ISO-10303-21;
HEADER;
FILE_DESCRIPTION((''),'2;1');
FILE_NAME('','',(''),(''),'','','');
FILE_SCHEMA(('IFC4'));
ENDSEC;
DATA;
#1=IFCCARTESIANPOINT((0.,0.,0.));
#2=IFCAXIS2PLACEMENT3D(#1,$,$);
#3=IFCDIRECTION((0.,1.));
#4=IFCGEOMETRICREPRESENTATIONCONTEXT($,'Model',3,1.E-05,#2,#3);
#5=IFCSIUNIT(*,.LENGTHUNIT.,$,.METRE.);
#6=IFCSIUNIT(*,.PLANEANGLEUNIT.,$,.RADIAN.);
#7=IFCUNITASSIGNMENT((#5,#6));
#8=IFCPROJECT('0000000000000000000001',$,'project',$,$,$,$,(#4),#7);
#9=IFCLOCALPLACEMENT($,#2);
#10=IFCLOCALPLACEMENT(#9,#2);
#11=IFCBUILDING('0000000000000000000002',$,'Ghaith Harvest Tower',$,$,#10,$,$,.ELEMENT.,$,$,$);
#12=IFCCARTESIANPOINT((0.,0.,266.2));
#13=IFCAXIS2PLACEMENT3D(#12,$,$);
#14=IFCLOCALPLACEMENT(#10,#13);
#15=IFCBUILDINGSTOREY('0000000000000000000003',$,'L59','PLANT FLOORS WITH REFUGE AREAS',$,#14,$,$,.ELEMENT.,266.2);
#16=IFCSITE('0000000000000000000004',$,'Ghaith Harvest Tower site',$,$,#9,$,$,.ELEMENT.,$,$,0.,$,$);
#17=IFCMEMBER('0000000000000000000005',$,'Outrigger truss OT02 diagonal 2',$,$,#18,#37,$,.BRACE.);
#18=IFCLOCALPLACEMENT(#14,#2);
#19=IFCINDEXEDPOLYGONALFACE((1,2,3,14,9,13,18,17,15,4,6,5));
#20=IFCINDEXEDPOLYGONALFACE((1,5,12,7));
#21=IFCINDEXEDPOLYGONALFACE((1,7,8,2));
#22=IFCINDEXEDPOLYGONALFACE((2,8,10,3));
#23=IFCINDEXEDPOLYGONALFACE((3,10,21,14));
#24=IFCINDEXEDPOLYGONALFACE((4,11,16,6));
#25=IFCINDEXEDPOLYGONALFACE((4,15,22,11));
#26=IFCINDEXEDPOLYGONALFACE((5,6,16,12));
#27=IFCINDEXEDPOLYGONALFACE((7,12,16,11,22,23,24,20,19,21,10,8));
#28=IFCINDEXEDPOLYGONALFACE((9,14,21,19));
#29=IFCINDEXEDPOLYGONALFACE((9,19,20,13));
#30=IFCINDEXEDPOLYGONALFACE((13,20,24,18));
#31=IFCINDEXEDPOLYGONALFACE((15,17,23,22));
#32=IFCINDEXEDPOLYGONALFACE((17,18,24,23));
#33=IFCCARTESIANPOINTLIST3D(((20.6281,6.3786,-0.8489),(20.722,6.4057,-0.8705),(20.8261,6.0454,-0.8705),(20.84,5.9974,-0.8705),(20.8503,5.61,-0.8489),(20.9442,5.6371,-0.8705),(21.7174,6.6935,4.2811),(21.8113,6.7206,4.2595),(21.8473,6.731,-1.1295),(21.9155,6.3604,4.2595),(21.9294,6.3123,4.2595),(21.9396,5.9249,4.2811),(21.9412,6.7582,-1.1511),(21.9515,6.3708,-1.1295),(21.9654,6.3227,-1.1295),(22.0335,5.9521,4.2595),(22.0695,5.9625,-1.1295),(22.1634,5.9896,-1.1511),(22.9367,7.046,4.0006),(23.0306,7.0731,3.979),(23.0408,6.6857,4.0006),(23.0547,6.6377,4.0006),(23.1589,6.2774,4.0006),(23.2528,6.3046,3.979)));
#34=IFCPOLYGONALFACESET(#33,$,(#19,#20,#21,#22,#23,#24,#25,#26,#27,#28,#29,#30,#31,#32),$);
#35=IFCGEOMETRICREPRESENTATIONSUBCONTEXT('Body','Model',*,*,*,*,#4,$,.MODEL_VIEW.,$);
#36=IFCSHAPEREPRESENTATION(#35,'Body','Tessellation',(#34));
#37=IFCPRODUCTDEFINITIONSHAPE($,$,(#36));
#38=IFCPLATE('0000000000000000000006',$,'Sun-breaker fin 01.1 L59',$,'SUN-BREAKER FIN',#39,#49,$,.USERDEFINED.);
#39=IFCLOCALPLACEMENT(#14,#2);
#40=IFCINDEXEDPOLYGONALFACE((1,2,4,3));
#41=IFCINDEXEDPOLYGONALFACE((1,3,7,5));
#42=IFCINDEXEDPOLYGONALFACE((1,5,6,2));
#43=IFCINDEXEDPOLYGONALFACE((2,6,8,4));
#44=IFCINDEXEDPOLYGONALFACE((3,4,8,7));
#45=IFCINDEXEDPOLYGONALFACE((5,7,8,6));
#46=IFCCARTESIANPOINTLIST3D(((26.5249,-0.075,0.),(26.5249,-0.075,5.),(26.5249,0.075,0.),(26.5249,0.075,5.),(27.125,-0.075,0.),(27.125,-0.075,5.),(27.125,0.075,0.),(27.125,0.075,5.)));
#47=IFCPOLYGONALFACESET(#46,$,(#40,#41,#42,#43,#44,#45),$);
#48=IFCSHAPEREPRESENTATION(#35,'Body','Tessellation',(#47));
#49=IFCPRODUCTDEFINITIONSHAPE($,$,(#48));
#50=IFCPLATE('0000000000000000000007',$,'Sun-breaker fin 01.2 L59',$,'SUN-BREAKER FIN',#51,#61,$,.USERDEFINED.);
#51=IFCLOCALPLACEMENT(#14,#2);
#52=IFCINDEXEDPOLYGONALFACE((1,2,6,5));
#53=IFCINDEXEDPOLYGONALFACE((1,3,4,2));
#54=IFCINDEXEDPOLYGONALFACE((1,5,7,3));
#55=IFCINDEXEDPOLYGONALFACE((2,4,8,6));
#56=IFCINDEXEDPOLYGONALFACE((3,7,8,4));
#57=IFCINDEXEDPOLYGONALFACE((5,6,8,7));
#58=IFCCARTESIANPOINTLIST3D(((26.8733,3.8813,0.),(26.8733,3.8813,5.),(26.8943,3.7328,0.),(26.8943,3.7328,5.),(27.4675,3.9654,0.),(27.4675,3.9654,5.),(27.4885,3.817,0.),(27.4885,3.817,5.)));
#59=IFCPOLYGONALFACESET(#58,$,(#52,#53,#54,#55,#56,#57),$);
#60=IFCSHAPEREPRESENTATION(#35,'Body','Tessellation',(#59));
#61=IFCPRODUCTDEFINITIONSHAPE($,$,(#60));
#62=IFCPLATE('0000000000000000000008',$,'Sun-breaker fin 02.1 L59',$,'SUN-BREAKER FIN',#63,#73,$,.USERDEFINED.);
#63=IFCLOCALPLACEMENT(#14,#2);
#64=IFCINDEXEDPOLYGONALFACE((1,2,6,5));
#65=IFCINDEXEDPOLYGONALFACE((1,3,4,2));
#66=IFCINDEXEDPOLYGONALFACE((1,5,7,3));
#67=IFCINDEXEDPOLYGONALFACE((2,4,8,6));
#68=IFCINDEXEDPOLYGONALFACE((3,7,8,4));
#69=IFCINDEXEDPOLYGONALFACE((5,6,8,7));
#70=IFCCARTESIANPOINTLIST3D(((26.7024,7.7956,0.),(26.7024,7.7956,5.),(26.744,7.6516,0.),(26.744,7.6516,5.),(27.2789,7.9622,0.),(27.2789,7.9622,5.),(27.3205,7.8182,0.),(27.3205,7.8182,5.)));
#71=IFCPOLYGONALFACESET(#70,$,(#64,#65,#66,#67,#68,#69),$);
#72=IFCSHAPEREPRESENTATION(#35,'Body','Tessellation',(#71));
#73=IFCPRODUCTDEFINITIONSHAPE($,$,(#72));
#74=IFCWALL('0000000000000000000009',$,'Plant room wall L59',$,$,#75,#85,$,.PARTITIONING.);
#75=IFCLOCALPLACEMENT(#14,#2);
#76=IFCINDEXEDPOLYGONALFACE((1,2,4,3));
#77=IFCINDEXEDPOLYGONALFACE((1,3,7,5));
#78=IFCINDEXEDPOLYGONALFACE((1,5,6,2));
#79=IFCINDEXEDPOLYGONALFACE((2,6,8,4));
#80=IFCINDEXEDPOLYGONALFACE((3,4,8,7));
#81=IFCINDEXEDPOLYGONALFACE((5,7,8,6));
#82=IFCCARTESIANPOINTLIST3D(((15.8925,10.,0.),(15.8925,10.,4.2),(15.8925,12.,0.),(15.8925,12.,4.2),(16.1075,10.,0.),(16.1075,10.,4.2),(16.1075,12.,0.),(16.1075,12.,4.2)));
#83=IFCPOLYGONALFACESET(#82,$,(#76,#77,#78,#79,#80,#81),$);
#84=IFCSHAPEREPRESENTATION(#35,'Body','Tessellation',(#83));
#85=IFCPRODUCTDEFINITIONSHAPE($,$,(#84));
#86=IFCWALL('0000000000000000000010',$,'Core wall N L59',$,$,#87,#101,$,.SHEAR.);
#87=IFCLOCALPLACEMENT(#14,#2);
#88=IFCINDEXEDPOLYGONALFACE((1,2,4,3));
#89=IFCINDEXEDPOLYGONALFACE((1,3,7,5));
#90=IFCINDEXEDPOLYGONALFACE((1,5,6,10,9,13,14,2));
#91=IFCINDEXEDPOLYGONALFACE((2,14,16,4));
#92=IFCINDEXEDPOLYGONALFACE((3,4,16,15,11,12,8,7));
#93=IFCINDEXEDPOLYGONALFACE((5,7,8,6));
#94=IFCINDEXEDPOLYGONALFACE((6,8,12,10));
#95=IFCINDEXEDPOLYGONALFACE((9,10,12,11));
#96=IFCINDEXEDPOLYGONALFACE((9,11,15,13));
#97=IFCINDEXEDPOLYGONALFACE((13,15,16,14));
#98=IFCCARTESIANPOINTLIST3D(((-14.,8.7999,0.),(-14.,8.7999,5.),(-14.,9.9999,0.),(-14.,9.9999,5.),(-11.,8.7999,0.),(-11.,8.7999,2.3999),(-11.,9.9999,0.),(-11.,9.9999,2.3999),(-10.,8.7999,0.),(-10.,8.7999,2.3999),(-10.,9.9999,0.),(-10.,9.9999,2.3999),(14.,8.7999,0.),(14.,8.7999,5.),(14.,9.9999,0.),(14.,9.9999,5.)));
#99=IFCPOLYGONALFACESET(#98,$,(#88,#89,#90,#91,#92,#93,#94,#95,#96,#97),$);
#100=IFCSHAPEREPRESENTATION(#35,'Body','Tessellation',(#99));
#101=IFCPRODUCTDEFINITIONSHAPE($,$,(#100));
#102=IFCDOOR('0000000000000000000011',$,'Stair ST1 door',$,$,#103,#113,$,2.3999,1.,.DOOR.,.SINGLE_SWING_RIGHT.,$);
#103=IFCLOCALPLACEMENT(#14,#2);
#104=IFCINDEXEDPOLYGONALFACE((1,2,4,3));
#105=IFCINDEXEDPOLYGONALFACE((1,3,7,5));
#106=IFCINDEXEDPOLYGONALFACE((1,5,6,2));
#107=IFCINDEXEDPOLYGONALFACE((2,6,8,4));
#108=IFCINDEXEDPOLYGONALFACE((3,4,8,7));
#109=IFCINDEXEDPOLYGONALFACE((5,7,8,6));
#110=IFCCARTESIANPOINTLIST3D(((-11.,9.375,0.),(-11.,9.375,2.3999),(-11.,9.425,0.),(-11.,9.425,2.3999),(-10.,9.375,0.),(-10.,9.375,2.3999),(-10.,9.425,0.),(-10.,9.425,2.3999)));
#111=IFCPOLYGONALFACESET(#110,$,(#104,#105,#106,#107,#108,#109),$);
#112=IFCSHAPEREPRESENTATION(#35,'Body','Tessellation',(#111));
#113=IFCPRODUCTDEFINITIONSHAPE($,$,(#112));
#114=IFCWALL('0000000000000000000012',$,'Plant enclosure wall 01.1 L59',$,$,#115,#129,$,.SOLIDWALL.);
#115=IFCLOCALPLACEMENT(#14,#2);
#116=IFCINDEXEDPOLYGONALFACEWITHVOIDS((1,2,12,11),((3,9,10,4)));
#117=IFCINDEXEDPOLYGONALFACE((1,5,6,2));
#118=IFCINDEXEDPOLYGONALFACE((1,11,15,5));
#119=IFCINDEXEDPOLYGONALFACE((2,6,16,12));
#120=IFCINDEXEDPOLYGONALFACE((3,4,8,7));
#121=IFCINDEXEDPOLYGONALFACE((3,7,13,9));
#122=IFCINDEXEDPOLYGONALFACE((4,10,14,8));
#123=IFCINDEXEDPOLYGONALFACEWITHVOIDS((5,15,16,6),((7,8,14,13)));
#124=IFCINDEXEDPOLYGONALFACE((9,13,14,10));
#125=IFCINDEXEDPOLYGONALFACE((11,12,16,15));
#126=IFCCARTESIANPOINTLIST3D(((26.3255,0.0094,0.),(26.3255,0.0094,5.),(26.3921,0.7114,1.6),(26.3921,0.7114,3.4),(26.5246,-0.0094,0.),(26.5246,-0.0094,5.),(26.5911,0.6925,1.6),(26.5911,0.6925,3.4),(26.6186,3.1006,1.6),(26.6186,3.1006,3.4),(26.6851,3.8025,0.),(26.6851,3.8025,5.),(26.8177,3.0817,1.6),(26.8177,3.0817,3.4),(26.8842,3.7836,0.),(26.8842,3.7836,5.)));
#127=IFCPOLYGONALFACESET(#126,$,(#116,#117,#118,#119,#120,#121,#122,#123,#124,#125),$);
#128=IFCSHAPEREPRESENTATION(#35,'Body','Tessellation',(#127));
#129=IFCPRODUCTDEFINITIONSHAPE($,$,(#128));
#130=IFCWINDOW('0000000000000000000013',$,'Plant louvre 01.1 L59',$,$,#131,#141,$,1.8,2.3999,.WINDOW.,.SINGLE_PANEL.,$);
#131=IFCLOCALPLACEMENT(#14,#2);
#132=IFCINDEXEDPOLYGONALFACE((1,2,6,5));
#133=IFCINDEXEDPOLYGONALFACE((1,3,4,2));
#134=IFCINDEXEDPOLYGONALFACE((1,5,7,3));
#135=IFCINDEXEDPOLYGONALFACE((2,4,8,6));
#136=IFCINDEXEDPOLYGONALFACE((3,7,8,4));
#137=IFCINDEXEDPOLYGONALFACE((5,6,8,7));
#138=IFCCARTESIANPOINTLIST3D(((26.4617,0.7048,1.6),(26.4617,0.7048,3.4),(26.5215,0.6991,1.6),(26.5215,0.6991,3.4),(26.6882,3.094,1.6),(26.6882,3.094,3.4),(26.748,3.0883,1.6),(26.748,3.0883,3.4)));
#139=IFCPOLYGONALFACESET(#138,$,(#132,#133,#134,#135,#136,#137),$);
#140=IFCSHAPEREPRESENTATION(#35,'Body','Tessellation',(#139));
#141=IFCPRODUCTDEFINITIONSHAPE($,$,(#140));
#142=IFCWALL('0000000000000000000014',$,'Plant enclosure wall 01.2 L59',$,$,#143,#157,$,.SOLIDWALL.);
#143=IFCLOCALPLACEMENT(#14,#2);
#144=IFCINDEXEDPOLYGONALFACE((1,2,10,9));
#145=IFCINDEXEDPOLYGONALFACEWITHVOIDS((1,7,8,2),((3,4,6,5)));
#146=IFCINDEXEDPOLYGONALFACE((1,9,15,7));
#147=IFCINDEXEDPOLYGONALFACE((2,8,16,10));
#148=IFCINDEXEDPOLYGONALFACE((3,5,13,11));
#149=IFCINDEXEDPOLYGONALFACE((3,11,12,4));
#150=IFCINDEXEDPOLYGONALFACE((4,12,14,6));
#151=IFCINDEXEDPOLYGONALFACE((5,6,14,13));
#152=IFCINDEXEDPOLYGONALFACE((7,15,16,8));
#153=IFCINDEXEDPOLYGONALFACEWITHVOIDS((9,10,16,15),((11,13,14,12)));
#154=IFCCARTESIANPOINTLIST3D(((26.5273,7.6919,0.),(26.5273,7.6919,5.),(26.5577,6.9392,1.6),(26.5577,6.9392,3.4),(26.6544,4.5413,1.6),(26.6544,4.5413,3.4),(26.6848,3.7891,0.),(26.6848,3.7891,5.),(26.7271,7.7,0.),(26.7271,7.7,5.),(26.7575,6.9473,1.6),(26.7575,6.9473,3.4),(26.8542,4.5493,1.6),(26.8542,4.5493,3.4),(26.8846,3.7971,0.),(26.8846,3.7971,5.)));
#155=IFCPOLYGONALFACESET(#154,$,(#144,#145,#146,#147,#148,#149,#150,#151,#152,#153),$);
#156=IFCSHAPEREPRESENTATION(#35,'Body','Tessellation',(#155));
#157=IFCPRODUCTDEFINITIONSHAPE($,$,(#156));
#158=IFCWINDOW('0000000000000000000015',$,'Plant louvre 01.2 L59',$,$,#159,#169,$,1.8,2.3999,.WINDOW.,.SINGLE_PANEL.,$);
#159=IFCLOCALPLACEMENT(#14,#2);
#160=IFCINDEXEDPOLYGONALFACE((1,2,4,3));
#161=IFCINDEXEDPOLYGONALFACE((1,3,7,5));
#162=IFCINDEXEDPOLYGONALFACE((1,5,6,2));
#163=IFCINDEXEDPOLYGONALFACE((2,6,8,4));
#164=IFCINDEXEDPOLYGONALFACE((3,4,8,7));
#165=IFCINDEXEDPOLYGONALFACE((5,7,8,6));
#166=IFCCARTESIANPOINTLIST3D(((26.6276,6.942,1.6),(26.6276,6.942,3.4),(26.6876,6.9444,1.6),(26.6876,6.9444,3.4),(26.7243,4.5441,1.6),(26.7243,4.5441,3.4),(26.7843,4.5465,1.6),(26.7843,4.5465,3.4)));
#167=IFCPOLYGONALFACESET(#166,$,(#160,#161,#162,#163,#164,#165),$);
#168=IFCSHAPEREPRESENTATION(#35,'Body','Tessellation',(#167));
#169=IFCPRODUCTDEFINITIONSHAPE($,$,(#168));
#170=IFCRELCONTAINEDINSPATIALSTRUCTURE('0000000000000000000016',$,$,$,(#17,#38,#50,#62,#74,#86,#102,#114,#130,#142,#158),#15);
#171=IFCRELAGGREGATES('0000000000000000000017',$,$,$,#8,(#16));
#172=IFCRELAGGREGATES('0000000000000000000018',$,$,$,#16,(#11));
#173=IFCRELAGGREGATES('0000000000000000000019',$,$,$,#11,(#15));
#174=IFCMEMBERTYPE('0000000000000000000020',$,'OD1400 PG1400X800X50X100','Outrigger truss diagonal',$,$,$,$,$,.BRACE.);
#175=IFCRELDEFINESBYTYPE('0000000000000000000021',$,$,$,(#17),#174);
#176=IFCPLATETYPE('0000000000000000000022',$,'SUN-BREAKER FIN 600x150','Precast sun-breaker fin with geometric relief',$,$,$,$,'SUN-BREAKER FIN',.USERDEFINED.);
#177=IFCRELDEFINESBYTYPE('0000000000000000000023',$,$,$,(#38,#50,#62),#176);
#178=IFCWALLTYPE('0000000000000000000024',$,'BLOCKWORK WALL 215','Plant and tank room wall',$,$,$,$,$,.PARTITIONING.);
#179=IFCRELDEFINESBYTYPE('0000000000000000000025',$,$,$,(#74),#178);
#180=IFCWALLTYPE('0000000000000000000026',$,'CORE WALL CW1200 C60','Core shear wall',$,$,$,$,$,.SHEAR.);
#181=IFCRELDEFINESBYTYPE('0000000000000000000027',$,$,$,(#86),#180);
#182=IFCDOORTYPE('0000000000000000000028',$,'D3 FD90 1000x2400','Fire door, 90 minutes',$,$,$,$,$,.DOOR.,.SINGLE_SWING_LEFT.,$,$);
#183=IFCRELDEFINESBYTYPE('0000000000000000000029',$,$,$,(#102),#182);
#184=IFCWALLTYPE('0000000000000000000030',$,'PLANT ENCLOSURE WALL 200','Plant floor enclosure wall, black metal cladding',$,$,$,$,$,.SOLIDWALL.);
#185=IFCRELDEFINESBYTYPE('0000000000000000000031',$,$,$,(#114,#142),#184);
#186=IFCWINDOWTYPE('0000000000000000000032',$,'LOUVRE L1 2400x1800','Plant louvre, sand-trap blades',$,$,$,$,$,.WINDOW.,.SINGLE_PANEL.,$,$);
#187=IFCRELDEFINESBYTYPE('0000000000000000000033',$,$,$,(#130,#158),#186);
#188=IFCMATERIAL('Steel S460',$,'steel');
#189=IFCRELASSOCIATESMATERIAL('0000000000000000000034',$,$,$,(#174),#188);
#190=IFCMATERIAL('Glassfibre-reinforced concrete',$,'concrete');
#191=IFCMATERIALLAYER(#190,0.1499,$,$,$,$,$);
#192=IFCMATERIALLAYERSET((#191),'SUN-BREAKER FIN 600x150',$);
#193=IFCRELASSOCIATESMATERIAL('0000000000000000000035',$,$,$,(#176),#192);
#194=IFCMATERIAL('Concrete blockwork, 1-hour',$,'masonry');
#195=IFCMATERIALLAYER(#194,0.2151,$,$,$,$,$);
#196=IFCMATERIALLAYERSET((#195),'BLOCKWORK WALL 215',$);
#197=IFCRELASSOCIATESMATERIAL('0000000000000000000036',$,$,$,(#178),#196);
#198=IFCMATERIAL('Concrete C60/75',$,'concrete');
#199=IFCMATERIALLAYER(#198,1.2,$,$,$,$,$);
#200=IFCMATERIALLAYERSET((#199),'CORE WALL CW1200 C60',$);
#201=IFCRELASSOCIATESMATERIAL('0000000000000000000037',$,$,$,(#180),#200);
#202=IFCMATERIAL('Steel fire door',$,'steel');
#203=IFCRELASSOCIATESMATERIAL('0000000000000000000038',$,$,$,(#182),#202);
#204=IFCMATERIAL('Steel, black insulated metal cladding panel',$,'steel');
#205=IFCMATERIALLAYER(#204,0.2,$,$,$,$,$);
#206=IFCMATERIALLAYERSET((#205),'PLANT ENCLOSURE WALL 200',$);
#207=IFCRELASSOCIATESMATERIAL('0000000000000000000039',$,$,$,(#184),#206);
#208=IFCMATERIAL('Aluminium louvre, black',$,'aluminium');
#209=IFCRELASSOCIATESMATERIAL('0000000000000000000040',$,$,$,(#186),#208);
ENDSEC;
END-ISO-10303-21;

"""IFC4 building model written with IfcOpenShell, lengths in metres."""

from ifc_helpers import new_model, si_unit, direction, frame, frame_2d, origin, origin_2d, place, context, subcontext, project, spatial, rectangle, i_section, extrude, material, layer, layer_set, material_profile, profile_set, type_object, element, fill, save


model = new_model("IFC4")

# Units and contexts
model_context = context("Model", 3, precision=1e-05, world=origin(), true_north=direction((0.0, 1.0)))
body_context = subcontext(model_context, "Body", "Model", "MODEL_VIEW")
ifc_project = project(units=[si_unit("LENGTHUNIT", "METRE"), si_unit("PLANEANGLEUNIT", "RADIAN")], contexts=[model_context])

# Site, building, storey
site_placement = place(None, origin())
site = spatial("IfcSite", under=ifc_project, at=site_placement, Name="Ghaith Harvest Tower site", CompositionType="ELEMENT", RefElevation=0.0)
building_placement = place(site_placement, origin())
building = spatial("IfcBuilding", under=site, at=building_placement, Name="Ghaith Harvest Tower", CompositionType="ELEMENT")
storey_placement = place(building_placement, frame((0.0, 0.0, 266.2)))
storey = spatial("IfcBuildingStorey", under=building, at=storey_placement, Name="L59", Description="PLANT FLOORS WITH REFUGE AREAS", CompositionType="ELEMENT", Elevation=266.2)

# Member
ifc_material_1 = material(Name="Steel S460", Category="steel")
ifc_material_profile_1 = material_profile(ifc_material_1, i_section(OverallWidth=0.8, OverallDepth=1.3999, WebThickness=0.05, FlangeThickness=0.1001, at=origin_2d()), Name="PG1400X800X50X100")
ifc_profile_set_1 = profile_set([ifc_material_profile_1], Name="Steel S460")
member_type_1 = type_object("IfcMemberType", Name="OD1400 PG1400X800X50X100", Description="Outrigger truss diagonal", PredefinedType="BRACE", material=ifc_profile_set_1)
member_1_placement = place(storey_placement, frame((21.3958, 6.1841, -1.0), z_axis=(0.20734, 0.059944, 0.976431), x_axis=(-0.277734, 0.960658, 0.0)))
element("IfcMember", 1, at=member_1_placement, inside=storey, type_object=member_type_1, Name="Outrigger truss OT02 diagonal 2", PredefinedType="BRACE", context=body_context, shape_type="SweptSolid", body=[
    extrude(i_section(OverallWidth=0.8, OverallDepth=1.3999, WebThickness=0.05, FlangeThickness=0.1001, at=origin_2d()), origin(), (0.0, 0.0, 1.0), 5.2539),
])

# Plates
ifc_material_2 = material(Name="Glassfibre-reinforced concrete", Category="concrete")
ifc_layer_1 = layer(ifc_material_2, 0.1499)
ifc_layer_set_1 = layer_set([ifc_layer_1], Name="SUN-BREAKER FIN 600x150")
plate_type = type_object("IfcPlateType", Name="SUN-BREAKER FIN 600x150", Description="Precast sun-breaker fin with geometric relief", ElementType="SUN-BREAKER FIN", PredefinedType="USERDEFINED", material=ifc_layer_set_1)
for number, where, z_axis, x_axis, name in (
    (2, (26.825, 0.0, 0.0), (0.0, 0.0, 1.0), (1.0, 0.0, 0.0), "Sun-breaker fin 01.1 L59"),
    (3, (27.1809, 3.8491, 0.0), (0.0, 0.0, 1.0), (0.990121, 0.140213, 0.0), "Sun-breaker fin 01.2 L59"),
    (4, (27.0115, 7.8069, 0.0), (0.0, 0.0, 1.0), (0.96068, 0.277657, 0.0), "Sun-breaker fin 02.1 L59"),
):
    element("IfcPlate", number, at=place(storey_placement, frame(where, z_axis=z_axis, x_axis=x_axis)), inside=storey, type_object=plate_type, Name=name, ObjectType="SUN-BREAKER FIN", PredefinedType="USERDEFINED", context=body_context, shape_type="SweptSolid", body=[
        extrude(rectangle(XDim=0.6001, YDim=0.1499, at=origin_2d()), origin(), (0.0, 0.0, 1.0), 5.0),
    ])

# Wall
ifc_material_3 = material(Name="Concrete blockwork, 1-hour", Category="masonry")
ifc_layer_2 = layer(ifc_material_3, 0.2151)
ifc_layer_set_2 = layer_set([ifc_layer_2], Name="BLOCKWORK WALL 215")
wall_type_1 = type_object("IfcWallType", Name="BLOCKWORK WALL 215", Description="Plant and tank room wall", PredefinedType="PARTITIONING", material=ifc_layer_set_2)
wall_1_placement = place(storey_placement, frame((16.0, 10.0, 0.0), z_axis=(0.0, 0.0, 1.0), x_axis=(0.0, 1.0, 0.0)))
element("IfcWall", 5, at=wall_1_placement, inside=storey, type_object=wall_type_1, Name="Plant room wall L59", PredefinedType="PARTITIONING", context=body_context, shape_type="SweptSolid", body=[
    extrude(rectangle(XDim=2.0, YDim=0.2151, at=frame_2d((1.0, 0.0))), origin(), (0.0, 0.0, 1.0), 4.2),
])

# Wall, opening, door
ifc_material_4 = material(Name="Concrete C60/75", Category="concrete")
ifc_layer_3 = layer(ifc_material_4, 1.2)
ifc_layer_set_3 = layer_set([ifc_layer_3], Name="CORE WALL CW1200 C60")
wall_type_2 = type_object("IfcWallType", Name="CORE WALL CW1200 C60", Description="Core shear wall", PredefinedType="SHEAR", material=ifc_layer_set_3)
wall_2_placement = place(storey_placement, frame((14.0, 9.3999, 0.0), z_axis=(0.0, 0.0, 1.0), x_axis=(-1.0, 0.0, 0.0)))
wall_2 = element("IfcWall", 6, at=wall_2_placement, inside=storey, type_object=wall_type_2, Name="Core wall N L59", PredefinedType="SHEAR", context=body_context, shape_type="SweptSolid", body=[
    extrude(rectangle(XDim=28.0, YDim=1.2, at=frame_2d((14.0, 0.0))), origin(), (0.0, 0.0, 1.0), 5.0),
])
opening_1_placement = place(wall_2_placement, frame((24.0, 0.0, 0.0)))
opening_1 = element("IfcOpeningElement", 7, at=opening_1_placement, cuts=wall_2, PredefinedType="OPENING", context=body_context, shape_type="SweptSolid", body=[
    extrude(rectangle(XDim=1.0, YDim=2.3999, at=frame_2d((0.5, 1.2))), frame((0.0, 0.6099, 0.0), z_axis=(0.0, -1.0, 0.0), x_axis=(1.0, 0.0, 0.0)), (0.0, 0.0, 1.0), 1.22),
])
ifc_material_5 = material(Name="Steel fire door", Category="steel")
door_type = type_object("IfcDoorType", Name="D3 FD90 1000x2400", Description="Fire door, 90 minutes", OperationType="SINGLE_SWING_LEFT", PredefinedType="DOOR", material=ifc_material_5)
door_placement = place(opening_1_placement, origin())
door = element("IfcDoor", 8, at=door_placement, inside=storey, type_object=door_type, Name="Stair ST1 door", OperationType="SINGLE_SWING_RIGHT", OverallHeight=2.3999, OverallWidth=1.0, PredefinedType="DOOR", context=body_context, shape_type="SweptSolid", body=[
    extrude(rectangle(XDim=1.0, YDim=2.3999, at=frame_2d((0.5, 1.2))), frame((0.0, 0.0249, 0.0), z_axis=(0.0, -1.0, 0.0), x_axis=(1.0, 0.0, 0.0)), (0.0, 0.0, 1.0), 0.05),
])
fill(opening_1, door)

# Walls, openings, windows
ifc_material_6 = material(Name="Steel, black insulated metal cladding panel", Category="steel")
ifc_layer_4 = layer(ifc_material_6, 0.2)
ifc_layer_set_4 = layer_set([ifc_layer_4], Name="PLANT ENCLOSURE WALL 200")
wall_type_3 = type_object("IfcWallType", Name="PLANT ENCLOSURE WALL 200", Description="Plant floor enclosure wall, black metal cladding", PredefinedType="SOLIDWALL", material=ifc_layer_set_4)
wall_3_placement = place(storey_placement, frame((26.425, 0.0, 0.0), z_axis=(0.0, 0.0, 1.0), x_axis=(0.094389, 0.995535, 0.0)))
wall_3 = element("IfcWall", 9, at=wall_3_placement, inside=storey, type_object=wall_type_3, Name="Plant enclosure wall 01.1 L59", PredefinedType="SOLIDWALL", context=body_context, shape_type="SweptSolid", body=[
    extrude(rectangle(XDim=3.8101, YDim=0.2, at=frame_2d((1.905, 0.0))), origin(), (0.0, 0.0, 1.0), 5.0),
])
opening_2_placement = place(wall_3_placement, frame((0.7051, 0.0, 1.6001)))
opening_2 = element("IfcOpeningElement", 10, at=opening_2_placement, cuts=wall_3, PredefinedType="OPENING", context=body_context, shape_type="SweptSolid", body=[
    extrude(rectangle(XDim=2.3999, YDim=1.8, at=frame_2d((1.2, 0.8999))), frame((0.0, 0.1099, 0.0), z_axis=(0.0, -1.0, 0.0), x_axis=(1.0, 0.0, 0.0)), (0.0, 0.0, 1.0), 0.22),
])
ifc_material_7 = material(Name="Aluminium louvre, black", Category="aluminium")
window_type = type_object("IfcWindowType", Name="LOUVRE L1 2400x1800", Description="Plant louvre, sand-trap blades", PartitioningType="SINGLE_PANEL", PredefinedType="WINDOW", material=ifc_material_7)
window_1_placement = place(opening_2_placement, origin())
window_1 = element("IfcWindow", 11, at=window_1_placement, inside=storey, type_object=window_type, Name="Plant louvre 01.1 L59", OverallHeight=1.8, OverallWidth=2.3999, PartitioningType="SINGLE_PANEL", PredefinedType="WINDOW", context=body_context, shape_type="SweptSolid", body=[
    extrude(rectangle(XDim=2.3999, YDim=1.8, at=frame_2d((1.2, 0.8999))), frame((0.0, 0.03, 0.0), z_axis=(0.0, -1.0, 0.0), x_axis=(1.0, 0.0, 0.0)), (0.0, 0.0, 1.0), 0.0601),
])
fill(opening_2, window_1)
wall_4_placement = place(storey_placement, frame((26.7847, 3.793, 0.0), z_axis=(0.0, 0.0, 1.0), x_axis=(-0.040315, 0.999187, 0.0)))
wall_4 = element("IfcWall", 12, at=wall_4_placement, inside=storey, type_object=wall_type_3, Name="Plant enclosure wall 01.2 L59", PredefinedType="SOLIDWALL", context=body_context, shape_type="SweptSolid", body=[
    extrude(rectangle(XDim=3.906, YDim=0.2, at=frame_2d((1.9531, 0.0))), origin(), (0.0, 0.0, 1.0), 5.0),
])
opening_3_placement = place(wall_4_placement, frame((0.7529, 0.0, 1.6001)))
opening_3 = element("IfcOpeningElement", 13, at=opening_3_placement, cuts=wall_4, PredefinedType="OPENING", context=body_context, shape_type="SweptSolid", body=[
    extrude(rectangle(XDim=2.3999, YDim=1.8, at=frame_2d((1.2, 0.8999))), frame((0.0, 0.1099, 0.0), z_axis=(0.0, -1.0, 0.0), x_axis=(1.0, 0.0, 0.0)), (0.0, 0.0, 1.0), 0.22),
])
window_2_placement = place(opening_3_placement, origin())
window_2 = element("IfcWindow", 14, at=window_2_placement, inside=storey, type_object=window_type, Name="Plant louvre 01.2 L59", OverallHeight=1.8, OverallWidth=2.3999, PartitioningType="SINGLE_PANEL", PredefinedType="WINDOW", context=body_context, shape_type="SweptSolid", body=[
    extrude(rectangle(XDim=2.3999, YDim=1.8, at=frame_2d((1.2, 0.8999))), frame((0.0, 0.03, 0.0), z_axis=(0.0, -1.0, 0.0), x_axis=(1.0, 0.0, 0.0)), (0.0, 0.0, 1.0), 0.0601),
])
fill(opening_3, window_2)

save(model, "model.ifc")
